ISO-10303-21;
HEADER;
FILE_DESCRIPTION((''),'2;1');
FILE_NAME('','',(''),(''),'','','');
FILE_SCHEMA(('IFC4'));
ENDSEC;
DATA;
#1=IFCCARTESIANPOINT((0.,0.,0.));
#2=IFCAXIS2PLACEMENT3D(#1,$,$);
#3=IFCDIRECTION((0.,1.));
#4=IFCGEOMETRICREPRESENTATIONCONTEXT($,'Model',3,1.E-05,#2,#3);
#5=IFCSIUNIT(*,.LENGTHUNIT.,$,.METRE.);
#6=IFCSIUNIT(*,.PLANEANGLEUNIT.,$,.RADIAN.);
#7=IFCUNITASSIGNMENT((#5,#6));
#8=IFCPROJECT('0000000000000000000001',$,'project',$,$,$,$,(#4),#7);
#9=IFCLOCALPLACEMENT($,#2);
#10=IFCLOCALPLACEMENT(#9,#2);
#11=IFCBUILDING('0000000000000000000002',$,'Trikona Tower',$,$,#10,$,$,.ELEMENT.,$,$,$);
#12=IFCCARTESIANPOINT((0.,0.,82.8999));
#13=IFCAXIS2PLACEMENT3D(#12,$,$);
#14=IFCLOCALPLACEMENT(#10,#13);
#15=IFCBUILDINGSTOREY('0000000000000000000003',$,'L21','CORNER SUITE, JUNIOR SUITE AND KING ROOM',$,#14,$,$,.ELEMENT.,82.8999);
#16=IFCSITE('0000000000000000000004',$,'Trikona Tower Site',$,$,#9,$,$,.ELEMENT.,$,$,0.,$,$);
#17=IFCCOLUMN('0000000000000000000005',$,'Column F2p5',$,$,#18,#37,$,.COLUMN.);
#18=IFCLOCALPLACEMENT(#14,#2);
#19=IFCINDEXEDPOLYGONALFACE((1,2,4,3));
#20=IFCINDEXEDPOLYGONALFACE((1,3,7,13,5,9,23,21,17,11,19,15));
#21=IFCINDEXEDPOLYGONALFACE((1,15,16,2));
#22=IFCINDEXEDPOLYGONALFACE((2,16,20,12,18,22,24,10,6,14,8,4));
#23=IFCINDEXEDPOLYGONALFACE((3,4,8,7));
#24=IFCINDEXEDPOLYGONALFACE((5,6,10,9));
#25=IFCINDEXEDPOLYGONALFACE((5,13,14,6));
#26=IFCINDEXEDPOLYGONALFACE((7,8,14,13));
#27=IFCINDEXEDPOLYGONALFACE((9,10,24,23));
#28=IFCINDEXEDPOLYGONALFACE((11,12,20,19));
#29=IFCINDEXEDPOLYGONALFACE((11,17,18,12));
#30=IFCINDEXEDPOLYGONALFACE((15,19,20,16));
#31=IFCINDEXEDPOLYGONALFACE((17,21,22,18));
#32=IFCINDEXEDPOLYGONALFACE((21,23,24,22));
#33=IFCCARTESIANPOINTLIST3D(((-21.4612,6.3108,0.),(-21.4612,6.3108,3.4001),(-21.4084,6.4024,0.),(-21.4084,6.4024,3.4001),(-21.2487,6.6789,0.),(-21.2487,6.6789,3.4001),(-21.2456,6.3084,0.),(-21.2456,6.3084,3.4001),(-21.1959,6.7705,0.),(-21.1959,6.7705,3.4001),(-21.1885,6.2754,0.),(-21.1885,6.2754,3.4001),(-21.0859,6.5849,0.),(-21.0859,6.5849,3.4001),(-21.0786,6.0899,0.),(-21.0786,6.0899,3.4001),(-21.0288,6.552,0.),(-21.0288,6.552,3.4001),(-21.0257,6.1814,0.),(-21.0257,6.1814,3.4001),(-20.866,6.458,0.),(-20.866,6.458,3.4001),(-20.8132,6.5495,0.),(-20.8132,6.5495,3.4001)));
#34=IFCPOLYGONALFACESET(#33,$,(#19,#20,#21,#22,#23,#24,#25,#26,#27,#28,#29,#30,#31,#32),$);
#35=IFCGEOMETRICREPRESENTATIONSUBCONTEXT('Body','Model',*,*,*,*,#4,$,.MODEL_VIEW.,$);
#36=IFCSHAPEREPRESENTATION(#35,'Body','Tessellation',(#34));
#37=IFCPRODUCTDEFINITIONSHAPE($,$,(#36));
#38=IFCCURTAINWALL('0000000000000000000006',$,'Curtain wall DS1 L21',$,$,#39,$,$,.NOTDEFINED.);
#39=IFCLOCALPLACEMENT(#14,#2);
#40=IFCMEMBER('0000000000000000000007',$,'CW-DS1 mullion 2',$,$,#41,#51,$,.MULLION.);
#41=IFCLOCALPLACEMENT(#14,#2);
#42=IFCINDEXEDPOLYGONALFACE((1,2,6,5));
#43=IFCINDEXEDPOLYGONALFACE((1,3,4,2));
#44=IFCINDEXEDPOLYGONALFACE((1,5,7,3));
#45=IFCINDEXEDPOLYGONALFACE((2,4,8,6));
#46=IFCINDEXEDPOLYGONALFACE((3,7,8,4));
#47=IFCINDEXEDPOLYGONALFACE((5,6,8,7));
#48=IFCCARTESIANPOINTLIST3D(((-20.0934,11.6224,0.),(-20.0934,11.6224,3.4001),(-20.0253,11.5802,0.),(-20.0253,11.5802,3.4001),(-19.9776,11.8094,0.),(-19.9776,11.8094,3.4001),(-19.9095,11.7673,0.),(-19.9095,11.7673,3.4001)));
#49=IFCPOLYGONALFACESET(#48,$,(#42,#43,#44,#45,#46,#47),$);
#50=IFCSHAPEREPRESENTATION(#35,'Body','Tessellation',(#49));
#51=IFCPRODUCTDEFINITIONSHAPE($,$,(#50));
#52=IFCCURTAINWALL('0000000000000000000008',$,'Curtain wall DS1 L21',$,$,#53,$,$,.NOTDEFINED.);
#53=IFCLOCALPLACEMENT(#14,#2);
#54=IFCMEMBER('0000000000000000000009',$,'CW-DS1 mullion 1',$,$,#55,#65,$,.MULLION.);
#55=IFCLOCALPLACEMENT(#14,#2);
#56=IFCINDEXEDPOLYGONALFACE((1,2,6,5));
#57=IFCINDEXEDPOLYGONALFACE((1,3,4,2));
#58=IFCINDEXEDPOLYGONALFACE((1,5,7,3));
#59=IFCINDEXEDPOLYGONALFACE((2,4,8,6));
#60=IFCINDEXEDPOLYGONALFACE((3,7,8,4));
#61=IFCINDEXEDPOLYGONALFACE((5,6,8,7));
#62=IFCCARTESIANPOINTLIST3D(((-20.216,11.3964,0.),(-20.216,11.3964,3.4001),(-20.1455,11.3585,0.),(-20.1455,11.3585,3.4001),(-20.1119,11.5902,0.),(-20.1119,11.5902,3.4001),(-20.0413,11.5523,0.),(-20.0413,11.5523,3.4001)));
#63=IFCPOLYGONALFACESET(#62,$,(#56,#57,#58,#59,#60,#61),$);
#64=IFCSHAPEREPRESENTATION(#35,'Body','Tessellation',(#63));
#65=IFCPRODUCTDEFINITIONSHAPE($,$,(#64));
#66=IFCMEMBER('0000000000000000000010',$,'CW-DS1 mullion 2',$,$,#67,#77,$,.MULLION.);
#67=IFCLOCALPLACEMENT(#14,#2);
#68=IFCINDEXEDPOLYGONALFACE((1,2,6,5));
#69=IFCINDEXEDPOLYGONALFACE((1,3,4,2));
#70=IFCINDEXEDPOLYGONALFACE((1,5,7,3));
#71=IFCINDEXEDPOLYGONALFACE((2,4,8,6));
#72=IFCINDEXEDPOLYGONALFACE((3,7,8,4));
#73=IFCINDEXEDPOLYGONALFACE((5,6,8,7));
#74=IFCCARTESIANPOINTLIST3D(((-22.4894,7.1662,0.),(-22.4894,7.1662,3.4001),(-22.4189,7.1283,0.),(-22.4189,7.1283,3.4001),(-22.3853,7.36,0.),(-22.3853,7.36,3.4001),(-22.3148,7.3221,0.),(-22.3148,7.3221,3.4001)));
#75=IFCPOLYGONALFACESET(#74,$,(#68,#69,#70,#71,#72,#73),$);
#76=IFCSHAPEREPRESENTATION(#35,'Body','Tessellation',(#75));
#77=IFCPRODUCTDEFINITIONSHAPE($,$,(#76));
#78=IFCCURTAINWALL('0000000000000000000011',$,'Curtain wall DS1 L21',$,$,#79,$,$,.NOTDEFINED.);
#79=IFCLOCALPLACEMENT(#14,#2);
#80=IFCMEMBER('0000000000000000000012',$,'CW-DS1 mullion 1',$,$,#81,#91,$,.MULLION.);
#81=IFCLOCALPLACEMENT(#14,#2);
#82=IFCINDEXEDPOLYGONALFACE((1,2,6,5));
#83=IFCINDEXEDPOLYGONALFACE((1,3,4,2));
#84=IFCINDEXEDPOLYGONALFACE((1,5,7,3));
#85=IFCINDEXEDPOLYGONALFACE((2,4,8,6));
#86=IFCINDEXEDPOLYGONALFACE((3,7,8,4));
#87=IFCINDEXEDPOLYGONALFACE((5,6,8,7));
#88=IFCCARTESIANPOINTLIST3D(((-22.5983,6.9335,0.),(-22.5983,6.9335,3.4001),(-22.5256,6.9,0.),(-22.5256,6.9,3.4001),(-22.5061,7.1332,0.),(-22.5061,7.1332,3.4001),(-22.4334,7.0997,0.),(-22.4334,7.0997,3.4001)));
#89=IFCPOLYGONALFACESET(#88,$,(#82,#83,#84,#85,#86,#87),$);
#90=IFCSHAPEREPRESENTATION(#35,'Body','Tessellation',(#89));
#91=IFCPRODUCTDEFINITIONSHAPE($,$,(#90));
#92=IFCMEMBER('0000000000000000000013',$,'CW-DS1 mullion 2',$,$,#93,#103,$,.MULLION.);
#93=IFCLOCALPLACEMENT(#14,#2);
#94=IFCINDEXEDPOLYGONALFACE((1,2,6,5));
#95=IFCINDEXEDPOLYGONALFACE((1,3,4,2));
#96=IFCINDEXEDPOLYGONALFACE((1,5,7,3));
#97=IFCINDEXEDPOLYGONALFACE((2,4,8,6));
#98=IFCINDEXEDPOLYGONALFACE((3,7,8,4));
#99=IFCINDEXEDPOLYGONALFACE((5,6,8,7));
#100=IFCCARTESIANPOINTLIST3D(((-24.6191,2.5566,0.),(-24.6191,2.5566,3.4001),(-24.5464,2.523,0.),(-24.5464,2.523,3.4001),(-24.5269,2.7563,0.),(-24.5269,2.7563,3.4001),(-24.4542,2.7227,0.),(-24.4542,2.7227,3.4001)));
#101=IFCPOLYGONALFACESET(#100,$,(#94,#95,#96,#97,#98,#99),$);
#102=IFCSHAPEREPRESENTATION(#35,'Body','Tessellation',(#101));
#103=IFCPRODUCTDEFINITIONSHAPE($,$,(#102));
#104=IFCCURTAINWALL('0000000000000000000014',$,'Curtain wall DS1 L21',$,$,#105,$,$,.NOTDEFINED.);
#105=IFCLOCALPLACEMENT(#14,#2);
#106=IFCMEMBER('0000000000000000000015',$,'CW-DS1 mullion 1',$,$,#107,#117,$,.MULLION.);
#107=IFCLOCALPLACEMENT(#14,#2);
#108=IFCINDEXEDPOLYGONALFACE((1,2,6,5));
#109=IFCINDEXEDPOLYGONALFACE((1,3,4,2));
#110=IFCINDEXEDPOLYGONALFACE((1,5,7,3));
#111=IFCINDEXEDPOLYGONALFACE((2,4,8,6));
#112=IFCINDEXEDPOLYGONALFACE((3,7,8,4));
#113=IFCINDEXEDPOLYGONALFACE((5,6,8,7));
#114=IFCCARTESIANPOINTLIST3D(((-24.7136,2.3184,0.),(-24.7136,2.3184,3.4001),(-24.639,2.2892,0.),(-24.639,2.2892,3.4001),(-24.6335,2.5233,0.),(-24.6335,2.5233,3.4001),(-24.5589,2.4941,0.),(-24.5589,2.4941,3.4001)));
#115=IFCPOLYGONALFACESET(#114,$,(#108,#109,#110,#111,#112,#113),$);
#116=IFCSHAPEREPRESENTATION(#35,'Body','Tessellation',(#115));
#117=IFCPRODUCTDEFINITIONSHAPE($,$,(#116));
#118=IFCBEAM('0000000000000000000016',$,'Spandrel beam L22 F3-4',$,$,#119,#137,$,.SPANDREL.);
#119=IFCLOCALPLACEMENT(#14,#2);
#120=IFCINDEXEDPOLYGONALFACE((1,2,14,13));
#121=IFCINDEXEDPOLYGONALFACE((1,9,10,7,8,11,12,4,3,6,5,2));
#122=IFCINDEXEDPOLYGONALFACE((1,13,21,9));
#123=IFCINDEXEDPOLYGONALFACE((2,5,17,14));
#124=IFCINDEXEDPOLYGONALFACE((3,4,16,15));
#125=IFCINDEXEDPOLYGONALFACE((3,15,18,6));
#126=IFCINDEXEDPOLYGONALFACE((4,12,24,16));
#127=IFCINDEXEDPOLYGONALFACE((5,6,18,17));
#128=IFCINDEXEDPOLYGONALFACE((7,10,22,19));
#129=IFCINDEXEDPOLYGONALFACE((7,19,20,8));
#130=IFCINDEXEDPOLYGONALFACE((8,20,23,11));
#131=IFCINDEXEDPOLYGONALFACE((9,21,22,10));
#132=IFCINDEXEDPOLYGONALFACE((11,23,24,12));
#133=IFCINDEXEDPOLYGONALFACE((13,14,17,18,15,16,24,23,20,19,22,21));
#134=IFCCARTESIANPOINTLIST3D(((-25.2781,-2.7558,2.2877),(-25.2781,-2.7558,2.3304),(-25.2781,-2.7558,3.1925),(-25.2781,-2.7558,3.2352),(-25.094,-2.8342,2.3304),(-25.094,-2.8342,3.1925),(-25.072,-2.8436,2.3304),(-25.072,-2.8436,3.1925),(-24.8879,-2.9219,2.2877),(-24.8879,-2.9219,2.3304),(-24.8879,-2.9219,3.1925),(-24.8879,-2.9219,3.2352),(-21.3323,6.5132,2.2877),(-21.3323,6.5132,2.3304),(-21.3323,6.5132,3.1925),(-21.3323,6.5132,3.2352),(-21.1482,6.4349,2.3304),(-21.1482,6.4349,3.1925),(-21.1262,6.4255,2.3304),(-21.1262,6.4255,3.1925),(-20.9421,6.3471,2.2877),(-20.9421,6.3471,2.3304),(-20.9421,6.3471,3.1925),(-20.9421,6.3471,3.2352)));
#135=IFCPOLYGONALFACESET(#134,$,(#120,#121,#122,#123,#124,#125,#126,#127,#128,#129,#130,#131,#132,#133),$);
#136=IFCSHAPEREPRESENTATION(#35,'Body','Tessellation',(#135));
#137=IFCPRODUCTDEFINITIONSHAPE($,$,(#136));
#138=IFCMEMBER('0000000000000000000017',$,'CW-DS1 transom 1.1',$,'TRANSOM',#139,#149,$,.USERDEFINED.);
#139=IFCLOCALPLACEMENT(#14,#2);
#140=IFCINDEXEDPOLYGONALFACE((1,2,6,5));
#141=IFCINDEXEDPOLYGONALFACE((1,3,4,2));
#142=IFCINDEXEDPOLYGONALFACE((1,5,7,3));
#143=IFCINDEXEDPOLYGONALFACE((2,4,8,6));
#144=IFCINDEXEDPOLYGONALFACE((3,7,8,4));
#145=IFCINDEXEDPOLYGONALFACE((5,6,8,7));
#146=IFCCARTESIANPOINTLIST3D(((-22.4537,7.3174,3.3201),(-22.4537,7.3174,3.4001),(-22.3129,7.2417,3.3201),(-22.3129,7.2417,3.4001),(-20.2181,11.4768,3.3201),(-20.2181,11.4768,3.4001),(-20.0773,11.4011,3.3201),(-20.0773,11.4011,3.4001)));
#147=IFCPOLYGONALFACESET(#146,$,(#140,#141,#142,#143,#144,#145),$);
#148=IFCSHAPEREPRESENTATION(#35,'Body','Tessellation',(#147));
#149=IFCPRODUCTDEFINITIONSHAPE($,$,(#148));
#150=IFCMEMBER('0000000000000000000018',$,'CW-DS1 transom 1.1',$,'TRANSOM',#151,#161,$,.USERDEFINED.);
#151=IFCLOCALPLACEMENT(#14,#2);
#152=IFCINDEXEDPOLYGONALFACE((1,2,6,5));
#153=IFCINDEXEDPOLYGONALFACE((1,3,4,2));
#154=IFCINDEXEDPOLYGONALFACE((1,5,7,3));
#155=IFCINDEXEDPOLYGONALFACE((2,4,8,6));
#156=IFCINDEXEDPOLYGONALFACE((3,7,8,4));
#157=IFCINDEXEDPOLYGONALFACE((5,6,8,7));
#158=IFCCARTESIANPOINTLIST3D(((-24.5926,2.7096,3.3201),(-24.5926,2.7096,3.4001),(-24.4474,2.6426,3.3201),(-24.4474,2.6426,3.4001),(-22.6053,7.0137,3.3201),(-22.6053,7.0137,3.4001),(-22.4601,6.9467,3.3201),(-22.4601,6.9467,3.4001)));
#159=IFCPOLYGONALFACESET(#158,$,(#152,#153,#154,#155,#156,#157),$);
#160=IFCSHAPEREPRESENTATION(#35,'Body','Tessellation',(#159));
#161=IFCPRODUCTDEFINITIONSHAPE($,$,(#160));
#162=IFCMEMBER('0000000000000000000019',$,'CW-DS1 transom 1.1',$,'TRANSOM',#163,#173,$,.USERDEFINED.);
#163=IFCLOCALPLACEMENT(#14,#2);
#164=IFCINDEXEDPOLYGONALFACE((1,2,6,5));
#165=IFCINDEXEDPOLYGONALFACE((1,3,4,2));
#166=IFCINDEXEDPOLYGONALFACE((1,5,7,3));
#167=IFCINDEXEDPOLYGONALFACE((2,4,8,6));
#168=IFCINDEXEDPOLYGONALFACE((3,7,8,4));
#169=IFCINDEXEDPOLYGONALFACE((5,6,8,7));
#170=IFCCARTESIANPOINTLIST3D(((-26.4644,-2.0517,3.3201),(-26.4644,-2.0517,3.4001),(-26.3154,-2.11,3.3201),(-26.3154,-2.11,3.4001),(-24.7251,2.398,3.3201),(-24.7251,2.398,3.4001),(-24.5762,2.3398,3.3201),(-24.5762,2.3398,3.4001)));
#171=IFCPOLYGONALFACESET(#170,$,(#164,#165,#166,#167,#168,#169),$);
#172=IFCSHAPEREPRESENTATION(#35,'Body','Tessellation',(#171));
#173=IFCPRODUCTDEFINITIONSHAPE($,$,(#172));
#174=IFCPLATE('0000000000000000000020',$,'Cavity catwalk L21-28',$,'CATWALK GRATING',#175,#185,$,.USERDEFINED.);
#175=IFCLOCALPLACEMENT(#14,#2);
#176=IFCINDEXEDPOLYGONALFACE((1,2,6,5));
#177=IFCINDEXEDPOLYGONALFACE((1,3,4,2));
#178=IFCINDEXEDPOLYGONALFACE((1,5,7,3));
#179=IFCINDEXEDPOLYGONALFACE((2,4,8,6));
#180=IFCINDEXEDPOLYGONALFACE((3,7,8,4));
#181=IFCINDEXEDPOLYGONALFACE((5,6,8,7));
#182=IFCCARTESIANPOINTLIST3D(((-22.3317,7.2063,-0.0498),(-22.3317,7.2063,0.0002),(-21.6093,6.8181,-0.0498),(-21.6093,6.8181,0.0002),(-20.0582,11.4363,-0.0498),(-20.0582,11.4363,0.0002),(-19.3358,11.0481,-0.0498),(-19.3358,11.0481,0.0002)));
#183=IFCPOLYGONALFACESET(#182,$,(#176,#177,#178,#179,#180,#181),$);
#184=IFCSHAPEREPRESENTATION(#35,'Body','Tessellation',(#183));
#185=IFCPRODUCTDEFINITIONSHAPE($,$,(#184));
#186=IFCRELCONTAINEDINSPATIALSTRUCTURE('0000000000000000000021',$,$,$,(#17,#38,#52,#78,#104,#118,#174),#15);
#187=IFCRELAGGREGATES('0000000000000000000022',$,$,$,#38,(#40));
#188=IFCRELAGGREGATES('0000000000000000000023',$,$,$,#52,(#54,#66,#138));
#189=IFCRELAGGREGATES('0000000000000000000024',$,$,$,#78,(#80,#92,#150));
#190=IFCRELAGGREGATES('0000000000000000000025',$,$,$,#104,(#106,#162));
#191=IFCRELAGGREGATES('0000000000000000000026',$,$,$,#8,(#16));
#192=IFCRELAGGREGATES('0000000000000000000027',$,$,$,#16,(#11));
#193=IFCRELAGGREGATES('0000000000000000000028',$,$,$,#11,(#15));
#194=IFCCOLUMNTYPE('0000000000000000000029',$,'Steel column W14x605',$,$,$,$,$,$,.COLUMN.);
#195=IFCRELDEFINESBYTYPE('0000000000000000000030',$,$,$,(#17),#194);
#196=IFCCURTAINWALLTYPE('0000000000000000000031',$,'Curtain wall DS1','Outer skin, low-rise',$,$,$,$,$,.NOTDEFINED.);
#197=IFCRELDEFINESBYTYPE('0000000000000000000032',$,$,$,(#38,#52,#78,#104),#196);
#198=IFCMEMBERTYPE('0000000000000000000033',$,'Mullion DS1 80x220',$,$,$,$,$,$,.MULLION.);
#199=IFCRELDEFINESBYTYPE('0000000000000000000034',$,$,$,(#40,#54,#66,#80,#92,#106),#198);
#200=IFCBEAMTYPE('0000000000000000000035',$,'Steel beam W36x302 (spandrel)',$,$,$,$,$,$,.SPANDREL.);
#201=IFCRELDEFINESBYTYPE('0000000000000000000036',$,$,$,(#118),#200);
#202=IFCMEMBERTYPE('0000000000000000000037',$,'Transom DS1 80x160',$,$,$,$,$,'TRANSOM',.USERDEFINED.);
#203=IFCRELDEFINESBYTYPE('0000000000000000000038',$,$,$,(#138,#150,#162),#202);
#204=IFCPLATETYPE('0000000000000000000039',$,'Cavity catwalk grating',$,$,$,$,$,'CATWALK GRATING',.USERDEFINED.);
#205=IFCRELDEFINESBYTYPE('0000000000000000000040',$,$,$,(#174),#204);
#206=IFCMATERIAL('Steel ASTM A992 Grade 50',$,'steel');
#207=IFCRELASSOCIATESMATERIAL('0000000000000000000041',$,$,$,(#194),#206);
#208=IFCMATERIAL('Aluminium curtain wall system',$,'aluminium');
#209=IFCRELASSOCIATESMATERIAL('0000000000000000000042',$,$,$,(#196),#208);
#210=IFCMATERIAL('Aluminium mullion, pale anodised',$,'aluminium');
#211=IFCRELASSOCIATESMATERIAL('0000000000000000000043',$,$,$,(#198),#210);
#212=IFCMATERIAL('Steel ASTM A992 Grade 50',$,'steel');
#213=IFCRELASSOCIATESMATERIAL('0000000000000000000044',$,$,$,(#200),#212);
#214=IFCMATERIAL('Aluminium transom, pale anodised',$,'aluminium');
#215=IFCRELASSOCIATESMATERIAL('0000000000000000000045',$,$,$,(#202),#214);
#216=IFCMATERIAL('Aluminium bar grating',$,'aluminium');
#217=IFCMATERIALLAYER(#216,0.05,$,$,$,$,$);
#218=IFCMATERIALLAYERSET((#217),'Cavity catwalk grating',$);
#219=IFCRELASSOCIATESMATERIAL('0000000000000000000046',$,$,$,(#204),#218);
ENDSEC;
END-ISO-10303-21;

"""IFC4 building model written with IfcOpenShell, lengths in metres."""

from ifc_helpers import new_model, si_unit, direction, frame, origin, origin_2d, place, context, subcontext, project, spatial, rectangle, i_section, extrude, material, layer, layer_set, material_profile, profile_set, type_object, element, aggregate, save


model = new_model("IFC4")

# Units and contexts
model_context = context("Model", 3, precision=1e-05, world=origin(), true_north=direction((0.0, 1.0)))
body_context = subcontext(model_context, "Body", "Model", "MODEL_VIEW")
ifc_project = project(units=[si_unit("LENGTHUNIT", "METRE"), si_unit("PLANEANGLEUNIT", "RADIAN")], contexts=[model_context])

# Site, building, storey
site_placement = place(None, origin())
site = spatial("IfcSite", under=ifc_project, at=site_placement, Name="Trikona Tower Site", CompositionType="ELEMENT", RefElevation=0.0)
building_placement = place(site_placement, origin())
building = spatial("IfcBuilding", under=site, at=building_placement, Name="Trikona Tower", CompositionType="ELEMENT")
storey_placement = place(building_placement, frame((0.0, 0.0, 82.8999)))
storey = spatial("IfcBuildingStorey", under=building, at=storey_placement, Name="L21", Description="CORNER SUITE, JUNIOR SUITE AND KING ROOM", CompositionType="ELEMENT", Elevation=82.8999)

# Column
ifc_material_1 = material(Name="Steel ASTM A992 Grade 50", Category="steel")
ifc_material_profile_1 = material_profile(ifc_material_1, i_section(OverallWidth=0.4419, OverallDepth=0.5308, WebThickness=0.0659, FlangeThickness=0.1057, at=origin_2d()), Name="W14X605")
ifc_profile_set_1 = profile_set([ifc_material_profile_1], Name="Steel ASTM A992 Grade 50")
column_type = type_object("IfcColumnType", Name="Steel column W14x605", PredefinedType="COLUMN", material=ifc_profile_set_1)
column_placement = place(storey_placement, frame((-21.1372, 6.4302, 0.0), z_axis=(0.0, 0.0, 1.0), x_axis=(-0.866025, 0.5, 0.0)))
element("IfcColumn", 1, at=column_placement, inside=storey, type_object=column_type, Name="Column F2p5", PredefinedType="COLUMN", context=body_context, shape_type="SweptSolid", body=[
    extrude(i_section(OverallWidth=0.4419, OverallDepth=0.5308, WebThickness=0.0659, FlangeThickness=0.1057, at=origin_2d()), origin(), (0.0, 0.0, 1.0), 3.4001),
])

# Curtain wall, member
ifc_material_2 = material(Name="Aluminium curtain wall system", Category="aluminium")
curtain_wall_type = type_object("IfcCurtainWallType", Name="Curtain wall DS1", Description="Outer skin, low-rise", PredefinedType="NOTDEFINED", material=ifc_material_2)
curtain_wall_1_placement = place(storey_placement, origin())
curtain_wall_1 = element("IfcCurtainWall", 2, at=curtain_wall_1_placement, inside=storey, type_object=curtain_wall_type, Name="Curtain wall DS1 L21", PredefinedType="NOTDEFINED")
ifc_material_3 = material(Name="Aluminium mullion, pale anodised", Category="aluminium")
ifc_material_profile_2 = material_profile(ifc_material_3, rectangle(XDim=0.0801, YDim=0.22, at=origin_2d()), Name="MUL-DS1")
ifc_profile_set_2 = profile_set([ifc_material_profile_2], Name="Aluminium mullion, pale anodised")
member_type_1 = type_object("IfcMemberType", Name="Mullion DS1 80x220", PredefinedType="MULLION", material=ifc_profile_set_2)
member_1_placement = place(storey_placement, frame((-20.0015, 11.6948, 0.0), z_axis=(0.0, 0.0, 1.0), x_axis=(0.85041, -0.52612, 0.0)))
member_1 = element("IfcMember", 3, at=member_1_placement, type_object=member_type_1, Name="CW-DS1 mullion 2", PredefinedType="MULLION", context=body_context, shape_type="SweptSolid", body=[
    extrude(rectangle(XDim=0.0801, YDim=0.22, at=origin_2d()), origin(), (0.0, 0.0, 1.0), 3.4001),
])
aggregate(curtain_wall_1, [member_1])

# Curtain walls, members
curtain_wall_2_placement = place(storey_placement, origin())
curtain_wall_2 = element("IfcCurtainWall", 4, at=curtain_wall_2_placement, inside=storey, type_object=curtain_wall_type, Name="Curtain wall DS1 L21", PredefinedType="NOTDEFINED")
member_2_placement = place(storey_placement, frame((-20.1287, 11.4744, 0.0), z_axis=(0.0, 0.0, 1.0), x_axis=(0.880843, -0.473408, 0.0)))
member_2 = element("IfcMember", 5, at=member_2_placement, type_object=member_type_1, Name="CW-DS1 mullion 1", PredefinedType="MULLION", context=body_context, shape_type="SweptSolid", body=[
    extrude(rectangle(XDim=0.0801, YDim=0.22, at=origin_2d()), origin(), (0.0, 0.0, 1.0), 3.4001),
])
member_3_placement = place(storey_placement, frame((-22.4021, 7.2441, 0.0), z_axis=(0.0, 0.0, 1.0), x_axis=(0.880843, -0.473408, 0.0)))
member_3 = element("IfcMember", 6, at=member_3_placement, type_object=member_type_1, Name="CW-DS1 mullion 2", PredefinedType="MULLION", context=body_context, shape_type="SweptSolid", body=[
    extrude(rectangle(XDim=0.0801, YDim=0.22, at=origin_2d()), origin(), (0.0, 0.0, 1.0), 3.4001),
])
curtain_wall_3_placement = place(storey_placement, origin())
curtain_wall_3 = element("IfcCurtainWall", 7, at=curtain_wall_3_placement, inside=storey, type_object=curtain_wall_type, Name="Curtain wall DS1 L21", PredefinedType="NOTDEFINED")
member_4_placement = place(storey_placement, frame((-22.5159, 7.0166, 0.0), z_axis=(0.0, 0.0, 1.0), x_axis=(0.907898, -0.41919, 0.0)))
member_4 = element("IfcMember", 8, at=member_4_placement, type_object=member_type_1, Name="CW-DS1 mullion 1", PredefinedType="MULLION", context=body_context, shape_type="SweptSolid", body=[
    extrude(rectangle(XDim=0.0801, YDim=0.22, at=origin_2d()), origin(), (0.0, 0.0, 1.0), 3.4001),
])
member_5_placement = place(storey_placement, frame((-24.5366, 2.6396, 0.0), z_axis=(0.0, 0.0, 1.0), x_axis=(0.907898, -0.41919, 0.0)))
member_5 = element("IfcMember", 9, at=member_5_placement, type_object=member_type_1, Name="CW-DS1 mullion 2", PredefinedType="MULLION", context=body_context, shape_type="SweptSolid", body=[
    extrude(rectangle(XDim=0.0801, YDim=0.22, at=origin_2d()), origin(), (0.0, 0.0, 1.0), 3.4001),
])

# Curtain wall, member
curtain_wall_4_placement = place(storey_placement, origin())
curtain_wall_4 = element("IfcCurtainWall", 10, at=curtain_wall_4_placement, inside=storey, type_object=curtain_wall_type, Name="Curtain wall DS1 L21", PredefinedType="NOTDEFINED")
member_6_placement = place(storey_placement, frame((-24.6362, 2.4062, 0.0), z_axis=(0.0, 0.0, 1.0), x_axis=(0.931396, -0.364008, 0.0)))
member_6 = element("IfcMember", 11, at=member_6_placement, type_object=member_type_1, Name="CW-DS1 mullion 1", PredefinedType="MULLION", context=body_context, shape_type="SweptSolid", body=[
    extrude(rectangle(XDim=0.0801, YDim=0.22, at=origin_2d()), origin(), (0.0, 0.0, 1.0), 3.4001),
])

# Beam
ifc_material_4 = material(Name="Steel ASTM A992 Grade 50", Category="steel")
ifc_material_profile_3 = material_profile(ifc_material_4, i_section(OverallWidth=0.4241, OverallDepth=0.9475, WebThickness=0.0239, FlangeThickness=0.0427, at=origin_2d()), Name="W36X302")
ifc_profile_set_3 = profile_set([ifc_material_profile_3], Name="Steel ASTM A992 Grade 50")
beam_type = type_object("IfcBeamType", Name="Steel beam W36x302 (spandrel)", PredefinedType="SPANDREL", material=ifc_profile_set_3)
beam_placement = place(storey_placement, frame((-21.1372, 6.4302, 2.7615), z_axis=(-0.391684, -0.9201, 0.0), x_axis=(0.9201, -0.391684, 0.0)))
element("IfcBeam", 12, at=beam_placement, inside=storey, type_object=beam_type, Name="Spandrel beam L22 F3-4", PredefinedType="SPANDREL", context=body_context, shape_type="SweptSolid", body=[
    extrude(i_section(OverallWidth=0.4241, OverallDepth=0.9475, WebThickness=0.0239, FlangeThickness=0.0427, at=origin_2d()), origin(), (0.0, 0.0, 1.0), 10.074),
])

# Members
ifc_material_5 = material(Name="Aluminium transom, pale anodised", Category="aluminium")
ifc_material_profile_4 = material_profile(ifc_material_5, rectangle(XDim=0.1599, YDim=0.0801, at=origin_2d()), Name="TRN-DS1")
ifc_profile_set_4 = profile_set([ifc_material_profile_4], Name="Aluminium transom, pale anodised")
member_type_2 = type_object("IfcMemberType", Name="Transom DS1 80x160", ElementType="TRANSOM", PredefinedType="USERDEFINED", material=ifc_profile_set_4)
member_7_placement = place(storey_placement, frame((-20.1477, 11.439, 3.3601), z_axis=(-0.473428, -0.880833, 0.0), x_axis=(0.880833, -0.473428, 0.0)))
member_7 = element("IfcMember", 13, at=member_7_placement, type_object=member_type_2, Name="CW-DS1 transom 1.1", ObjectType="TRANSOM", PredefinedType="USERDEFINED", context=body_context, shape_type="SweptSolid", body=[
    extrude(rectangle(XDim=0.1599, YDim=0.0801, at=origin_2d()), origin(), (0.0, 0.0, 1.0), 4.7222),
])
member_8_placement = place(storey_placement, frame((-22.5327, 6.9802, 3.3601), z_axis=(-0.419189, -0.907899, 0.0), x_axis=(0.907899, -0.419189, 0.0)))
member_8 = element("IfcMember", 14, at=member_8_placement, type_object=member_type_2, Name="CW-DS1 transom 1.1", ObjectType="TRANSOM", PredefinedType="USERDEFINED", context=body_context, shape_type="SweptSolid", body=[
    extrude(rectangle(XDim=0.1599, YDim=0.0801, at=origin_2d()), origin(), (0.0, 0.0, 1.0), 4.7407),
])
member_9_placement = place(storey_placement, frame((-24.6506, 2.3689, 3.3601), z_axis=(-0.364049, -0.93138, 0.0), x_axis=(0.93138, -0.364049, 0.0)))
member_9 = element("IfcMember", 15, at=member_9_placement, type_object=member_type_2, Name="CW-DS1 transom 1.1", ObjectType="TRANSOM", PredefinedType="USERDEFINED", context=body_context, shape_type="SweptSolid", body=[
    extrude(rectangle(XDim=0.1599, YDim=0.0801, at=origin_2d()), origin(), (0.0, 0.0, 1.0), 4.7776),
])

# Plate
ifc_material_6 = material(Name="Aluminium bar grating", Category="aluminium")
ifc_layer_1 = layer(ifc_material_6, 0.05)
ifc_layer_set_1 = layer_set([ifc_layer_1], Name="Cavity catwalk grating")
plate_type_1 = type_object("IfcPlateType", Name="Cavity catwalk grating", ElementType="CATWALK GRATING", PredefinedType="USERDEFINED", material=ifc_layer_set_1)
plate_1_placement = place(storey_placement, frame((-20.8337, 9.1272, -0.0498), z_axis=(0.0, 0.0, 1.0), x_axis=(-0.473423, -0.880835, 0.0)))
element("IfcPlate", 16, at=plate_1_placement, inside=storey, type_object=plate_type_1, Name="Cavity catwalk L21-28", ObjectType="CATWALK GRATING", PredefinedType="USERDEFINED", context=body_context, shape_type="SweptSolid", body=[
    extrude(rectangle(XDim=4.8022, YDim=0.8201, at=origin_2d()), origin(), (0.0, 0.0, 1.0), 0.05),
])

aggregate(curtain_wall_2, [member_2, member_3, member_7])
aggregate(curtain_wall_3, [member_4, member_5, member_8])
aggregate(curtain_wall_4, [member_6, member_9])

save(model, "model.ifc")
